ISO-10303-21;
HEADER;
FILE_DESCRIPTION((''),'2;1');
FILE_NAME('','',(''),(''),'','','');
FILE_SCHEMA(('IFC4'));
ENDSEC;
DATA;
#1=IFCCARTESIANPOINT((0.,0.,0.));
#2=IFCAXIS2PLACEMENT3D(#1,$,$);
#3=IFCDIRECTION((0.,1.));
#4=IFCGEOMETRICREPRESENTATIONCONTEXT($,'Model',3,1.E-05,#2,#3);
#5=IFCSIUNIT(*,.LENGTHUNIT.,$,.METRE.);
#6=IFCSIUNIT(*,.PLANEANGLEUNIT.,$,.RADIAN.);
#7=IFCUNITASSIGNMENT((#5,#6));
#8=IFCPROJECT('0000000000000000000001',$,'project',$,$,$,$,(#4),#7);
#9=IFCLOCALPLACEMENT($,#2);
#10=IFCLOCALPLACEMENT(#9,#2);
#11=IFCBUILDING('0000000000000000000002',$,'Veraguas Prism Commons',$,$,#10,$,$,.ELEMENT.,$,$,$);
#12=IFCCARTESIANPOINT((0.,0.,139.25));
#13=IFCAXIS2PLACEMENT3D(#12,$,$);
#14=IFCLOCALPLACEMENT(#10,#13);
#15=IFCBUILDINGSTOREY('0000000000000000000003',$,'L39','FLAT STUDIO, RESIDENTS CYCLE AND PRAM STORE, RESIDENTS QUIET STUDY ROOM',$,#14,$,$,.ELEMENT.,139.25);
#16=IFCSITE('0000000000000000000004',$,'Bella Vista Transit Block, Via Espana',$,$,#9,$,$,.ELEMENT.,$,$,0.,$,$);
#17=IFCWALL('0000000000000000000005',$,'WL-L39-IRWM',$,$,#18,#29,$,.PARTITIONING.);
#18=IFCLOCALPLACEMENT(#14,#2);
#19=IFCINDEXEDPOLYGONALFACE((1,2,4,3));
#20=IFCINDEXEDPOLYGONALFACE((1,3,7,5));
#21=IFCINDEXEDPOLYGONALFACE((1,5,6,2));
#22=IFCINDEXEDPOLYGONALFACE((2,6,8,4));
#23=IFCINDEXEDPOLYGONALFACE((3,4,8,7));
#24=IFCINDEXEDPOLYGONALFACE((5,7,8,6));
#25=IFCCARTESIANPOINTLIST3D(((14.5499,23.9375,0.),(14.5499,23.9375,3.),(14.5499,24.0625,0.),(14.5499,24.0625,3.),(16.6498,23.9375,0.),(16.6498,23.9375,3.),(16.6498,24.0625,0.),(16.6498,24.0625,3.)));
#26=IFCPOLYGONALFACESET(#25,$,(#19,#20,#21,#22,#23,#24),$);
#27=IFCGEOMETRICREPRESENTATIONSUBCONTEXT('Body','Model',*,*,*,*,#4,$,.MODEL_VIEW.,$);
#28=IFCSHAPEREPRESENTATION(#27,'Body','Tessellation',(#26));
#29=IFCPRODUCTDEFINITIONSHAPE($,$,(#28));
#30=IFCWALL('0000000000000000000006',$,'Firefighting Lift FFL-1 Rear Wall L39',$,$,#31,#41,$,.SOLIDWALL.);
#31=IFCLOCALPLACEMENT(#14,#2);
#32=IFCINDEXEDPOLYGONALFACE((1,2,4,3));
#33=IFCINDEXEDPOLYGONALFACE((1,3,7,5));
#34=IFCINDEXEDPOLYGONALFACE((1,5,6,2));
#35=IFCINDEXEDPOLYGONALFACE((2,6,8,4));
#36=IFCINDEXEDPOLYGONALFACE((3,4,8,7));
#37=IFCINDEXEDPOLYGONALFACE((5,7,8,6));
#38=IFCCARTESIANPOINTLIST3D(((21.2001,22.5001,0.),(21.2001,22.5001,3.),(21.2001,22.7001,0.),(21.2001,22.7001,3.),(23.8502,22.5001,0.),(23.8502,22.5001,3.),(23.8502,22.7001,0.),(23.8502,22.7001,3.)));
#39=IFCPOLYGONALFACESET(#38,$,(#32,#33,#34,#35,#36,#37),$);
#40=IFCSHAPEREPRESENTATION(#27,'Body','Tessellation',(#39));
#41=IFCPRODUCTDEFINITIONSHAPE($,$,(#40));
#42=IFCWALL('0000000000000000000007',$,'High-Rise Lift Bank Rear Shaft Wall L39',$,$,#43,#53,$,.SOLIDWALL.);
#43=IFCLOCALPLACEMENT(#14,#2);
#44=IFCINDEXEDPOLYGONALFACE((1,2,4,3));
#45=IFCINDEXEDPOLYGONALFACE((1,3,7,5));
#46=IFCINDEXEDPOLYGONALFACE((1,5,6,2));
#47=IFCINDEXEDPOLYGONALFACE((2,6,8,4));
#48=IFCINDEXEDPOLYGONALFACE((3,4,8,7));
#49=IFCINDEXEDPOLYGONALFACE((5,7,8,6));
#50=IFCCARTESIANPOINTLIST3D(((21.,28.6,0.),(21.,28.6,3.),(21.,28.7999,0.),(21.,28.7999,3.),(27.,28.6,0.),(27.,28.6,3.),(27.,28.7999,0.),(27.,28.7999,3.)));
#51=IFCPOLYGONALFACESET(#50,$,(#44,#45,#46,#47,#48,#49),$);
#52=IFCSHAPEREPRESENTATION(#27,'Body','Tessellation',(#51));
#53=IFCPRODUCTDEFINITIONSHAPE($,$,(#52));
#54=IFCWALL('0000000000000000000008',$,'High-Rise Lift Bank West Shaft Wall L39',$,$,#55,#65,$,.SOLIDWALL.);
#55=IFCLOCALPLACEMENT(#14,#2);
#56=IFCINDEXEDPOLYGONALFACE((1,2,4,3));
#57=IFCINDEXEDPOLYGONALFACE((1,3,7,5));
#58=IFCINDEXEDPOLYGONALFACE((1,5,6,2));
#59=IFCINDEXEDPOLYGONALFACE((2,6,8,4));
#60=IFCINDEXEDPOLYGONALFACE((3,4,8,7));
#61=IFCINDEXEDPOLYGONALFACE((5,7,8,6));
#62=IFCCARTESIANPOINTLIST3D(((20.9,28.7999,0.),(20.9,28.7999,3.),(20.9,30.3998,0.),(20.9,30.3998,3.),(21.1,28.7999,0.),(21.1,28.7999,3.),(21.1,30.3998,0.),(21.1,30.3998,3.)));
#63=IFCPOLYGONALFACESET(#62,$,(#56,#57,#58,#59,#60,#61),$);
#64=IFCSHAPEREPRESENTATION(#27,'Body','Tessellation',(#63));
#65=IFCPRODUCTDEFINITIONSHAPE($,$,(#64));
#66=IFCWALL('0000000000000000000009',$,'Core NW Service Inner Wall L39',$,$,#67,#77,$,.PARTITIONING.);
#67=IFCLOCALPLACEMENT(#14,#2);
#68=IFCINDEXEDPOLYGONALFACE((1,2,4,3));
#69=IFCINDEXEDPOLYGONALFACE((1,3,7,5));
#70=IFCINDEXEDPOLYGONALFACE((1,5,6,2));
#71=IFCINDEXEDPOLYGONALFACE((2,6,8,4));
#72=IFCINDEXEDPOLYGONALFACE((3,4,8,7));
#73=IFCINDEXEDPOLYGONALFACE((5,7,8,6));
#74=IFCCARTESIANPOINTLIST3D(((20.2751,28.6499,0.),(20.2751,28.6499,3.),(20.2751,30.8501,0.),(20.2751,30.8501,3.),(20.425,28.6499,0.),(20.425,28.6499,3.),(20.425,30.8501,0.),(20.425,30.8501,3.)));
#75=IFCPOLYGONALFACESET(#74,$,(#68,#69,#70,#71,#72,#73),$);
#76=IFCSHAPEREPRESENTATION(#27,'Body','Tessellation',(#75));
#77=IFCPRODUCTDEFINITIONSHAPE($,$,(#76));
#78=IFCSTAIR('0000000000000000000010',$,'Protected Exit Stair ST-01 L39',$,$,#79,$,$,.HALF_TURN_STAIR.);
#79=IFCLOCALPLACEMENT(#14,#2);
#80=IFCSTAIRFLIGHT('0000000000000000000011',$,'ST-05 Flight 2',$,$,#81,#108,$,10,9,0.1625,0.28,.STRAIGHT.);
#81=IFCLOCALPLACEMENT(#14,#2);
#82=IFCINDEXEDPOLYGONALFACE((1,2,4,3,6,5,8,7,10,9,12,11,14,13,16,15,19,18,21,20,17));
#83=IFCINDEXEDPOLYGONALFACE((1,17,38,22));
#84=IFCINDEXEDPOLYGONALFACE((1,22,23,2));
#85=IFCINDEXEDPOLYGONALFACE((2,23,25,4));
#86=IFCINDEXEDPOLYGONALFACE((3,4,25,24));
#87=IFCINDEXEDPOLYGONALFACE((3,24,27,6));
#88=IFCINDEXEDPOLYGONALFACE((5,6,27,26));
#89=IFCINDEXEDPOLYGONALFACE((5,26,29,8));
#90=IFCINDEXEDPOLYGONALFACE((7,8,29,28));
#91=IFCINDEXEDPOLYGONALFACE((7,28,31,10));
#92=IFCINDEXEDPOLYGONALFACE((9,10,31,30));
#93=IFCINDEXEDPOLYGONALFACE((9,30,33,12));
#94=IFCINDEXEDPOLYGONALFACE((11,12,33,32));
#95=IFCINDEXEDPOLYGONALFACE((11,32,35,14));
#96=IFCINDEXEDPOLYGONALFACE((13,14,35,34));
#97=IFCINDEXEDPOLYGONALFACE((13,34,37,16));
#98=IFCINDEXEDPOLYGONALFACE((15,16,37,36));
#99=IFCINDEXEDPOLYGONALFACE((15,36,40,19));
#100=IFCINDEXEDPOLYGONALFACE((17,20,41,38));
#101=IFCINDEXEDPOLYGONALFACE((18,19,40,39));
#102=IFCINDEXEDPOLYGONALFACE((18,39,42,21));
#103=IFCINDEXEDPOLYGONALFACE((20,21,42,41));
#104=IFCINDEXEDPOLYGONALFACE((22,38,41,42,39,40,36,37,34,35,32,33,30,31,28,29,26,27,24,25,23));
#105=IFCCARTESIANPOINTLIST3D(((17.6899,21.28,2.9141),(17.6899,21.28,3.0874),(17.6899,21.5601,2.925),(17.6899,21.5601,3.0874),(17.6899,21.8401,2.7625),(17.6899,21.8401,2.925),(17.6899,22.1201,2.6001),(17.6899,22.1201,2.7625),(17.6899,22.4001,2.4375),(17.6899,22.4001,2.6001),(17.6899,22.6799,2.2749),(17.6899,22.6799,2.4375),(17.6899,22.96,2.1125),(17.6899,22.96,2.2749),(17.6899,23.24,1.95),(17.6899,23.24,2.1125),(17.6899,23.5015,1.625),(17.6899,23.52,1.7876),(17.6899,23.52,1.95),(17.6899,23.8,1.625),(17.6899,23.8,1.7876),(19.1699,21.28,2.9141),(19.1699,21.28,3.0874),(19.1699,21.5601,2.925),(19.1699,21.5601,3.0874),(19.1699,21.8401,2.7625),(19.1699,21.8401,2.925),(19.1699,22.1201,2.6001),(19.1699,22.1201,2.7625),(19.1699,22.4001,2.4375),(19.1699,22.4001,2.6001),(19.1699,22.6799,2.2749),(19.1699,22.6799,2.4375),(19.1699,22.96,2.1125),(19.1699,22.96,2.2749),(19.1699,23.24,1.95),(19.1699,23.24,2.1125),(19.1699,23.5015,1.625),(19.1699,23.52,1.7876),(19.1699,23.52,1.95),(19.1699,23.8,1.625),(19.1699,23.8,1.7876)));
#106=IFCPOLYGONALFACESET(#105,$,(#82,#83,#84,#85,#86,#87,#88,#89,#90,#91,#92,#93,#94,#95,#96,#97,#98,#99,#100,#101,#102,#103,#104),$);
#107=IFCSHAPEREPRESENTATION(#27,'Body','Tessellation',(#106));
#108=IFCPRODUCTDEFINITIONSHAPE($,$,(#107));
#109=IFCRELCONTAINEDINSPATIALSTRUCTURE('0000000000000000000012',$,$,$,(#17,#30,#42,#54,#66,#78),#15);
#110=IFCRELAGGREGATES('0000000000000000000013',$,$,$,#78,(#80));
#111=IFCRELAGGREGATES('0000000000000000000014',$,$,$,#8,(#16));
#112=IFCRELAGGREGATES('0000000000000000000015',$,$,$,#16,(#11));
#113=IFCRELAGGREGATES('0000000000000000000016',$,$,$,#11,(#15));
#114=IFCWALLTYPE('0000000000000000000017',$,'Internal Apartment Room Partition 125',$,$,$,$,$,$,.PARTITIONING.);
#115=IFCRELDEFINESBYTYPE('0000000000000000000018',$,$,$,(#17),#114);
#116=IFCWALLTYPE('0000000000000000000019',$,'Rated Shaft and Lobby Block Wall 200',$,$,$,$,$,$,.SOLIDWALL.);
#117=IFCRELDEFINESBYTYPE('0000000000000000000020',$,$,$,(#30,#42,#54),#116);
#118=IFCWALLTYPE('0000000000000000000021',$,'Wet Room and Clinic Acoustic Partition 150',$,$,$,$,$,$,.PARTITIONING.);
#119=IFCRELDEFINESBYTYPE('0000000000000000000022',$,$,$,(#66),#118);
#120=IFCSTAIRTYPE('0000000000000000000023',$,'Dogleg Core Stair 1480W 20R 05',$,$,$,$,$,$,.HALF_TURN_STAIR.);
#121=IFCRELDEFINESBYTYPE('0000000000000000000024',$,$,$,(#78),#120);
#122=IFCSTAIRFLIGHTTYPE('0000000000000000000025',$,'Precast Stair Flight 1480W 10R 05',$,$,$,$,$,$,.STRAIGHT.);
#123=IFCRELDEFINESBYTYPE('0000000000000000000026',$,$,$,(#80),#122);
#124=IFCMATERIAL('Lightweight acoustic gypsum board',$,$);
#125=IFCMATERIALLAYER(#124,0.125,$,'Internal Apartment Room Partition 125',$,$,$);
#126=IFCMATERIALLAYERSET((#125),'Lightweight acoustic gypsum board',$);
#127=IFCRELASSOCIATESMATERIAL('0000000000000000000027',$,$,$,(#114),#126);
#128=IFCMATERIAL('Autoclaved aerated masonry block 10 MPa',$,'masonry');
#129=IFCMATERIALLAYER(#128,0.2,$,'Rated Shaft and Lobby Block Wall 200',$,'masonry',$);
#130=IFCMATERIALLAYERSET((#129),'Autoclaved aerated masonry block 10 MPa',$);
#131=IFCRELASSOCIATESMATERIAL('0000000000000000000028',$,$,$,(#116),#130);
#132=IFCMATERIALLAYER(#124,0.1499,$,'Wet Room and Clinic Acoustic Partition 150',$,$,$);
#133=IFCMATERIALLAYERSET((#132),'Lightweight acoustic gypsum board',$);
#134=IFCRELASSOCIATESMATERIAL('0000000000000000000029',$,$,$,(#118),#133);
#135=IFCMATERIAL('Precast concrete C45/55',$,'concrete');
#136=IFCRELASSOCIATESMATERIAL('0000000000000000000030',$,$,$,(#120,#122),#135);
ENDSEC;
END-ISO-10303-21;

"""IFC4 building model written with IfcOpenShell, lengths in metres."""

from ifc_helpers import new_model, si_unit, direction, frame, frame_2d, origin, place, context, subcontext, project, spatial, polyline, rectangle, outline, extrude, material, layer, layer_set, type_object, element, aggregate, save


model = new_model("IFC4")

# Units and contexts
model_context = context("Model", 3, precision=1e-05, world=origin(), true_north=direction((0.0, 1.0)))
body_context = subcontext(model_context, "Body", "Model", "MODEL_VIEW")
ifc_project = project(units=[si_unit("LENGTHUNIT", "METRE"), si_unit("PLANEANGLEUNIT", "RADIAN")], contexts=[model_context])

# Site, building, storey
site_placement = place(None, origin())
site = spatial("IfcSite", under=ifc_project, at=site_placement, Name="Bella Vista Transit Block, Via Espana", CompositionType="ELEMENT", RefElevation=0.0)
building_placement = place(site_placement, origin())
building = spatial("IfcBuilding", under=site, at=building_placement, Name="Veraguas Prism Commons", CompositionType="ELEMENT")
storey_placement = place(building_placement, frame((0.0, 0.0, 139.25)))
storey = spatial("IfcBuildingStorey", under=building, at=storey_placement, Name="L39", Description="FLAT STUDIO, RESIDENTS CYCLE AND PRAM STORE, RESIDENTS QUIET STUDY ROOM", CompositionType="ELEMENT", Elevation=139.25)

# Shared definitions
ifc_material_1 = material(Name="Autoclaved aerated masonry block 10 MPa", Category="masonry")

# Walls
ifc_material_2 = material(Name="Lightweight acoustic gypsum board")
ifc_layer_1 = layer(ifc_material_2, 0.125, Name="Internal Apartment Room Partition 125")
ifc_layer_set_1 = layer_set([ifc_layer_1], Name="Lightweight acoustic gypsum board")
wall_type_1 = type_object("IfcWallType", Name="Internal Apartment Room Partition 125", PredefinedType="PARTITIONING", material=ifc_layer_set_1)
wall_1_placement = place(storey_placement, frame((14.55, 24.0, 0.0), z_axis=(0.0, 0.0, 1.0), x_axis=(1.0, 0.0, 0.0)))
element("IfcWall", 1, at=wall_1_placement, inside=storey, type_object=wall_type_1, Name="WL-L39-IRWM", PredefinedType="PARTITIONING", context=body_context, shape_type="SweptSolid", body=[
    extrude(rectangle(XDim=2.0999, YDim=0.125, at=frame_2d((1.0498, 0.0))), origin(), (0.0, 0.0, 1.0), 3.0),
])
ifc_layer_2 = layer(ifc_material_1, 0.2, Name="Rated Shaft and Lobby Block Wall 200", Category="masonry")
ifc_layer_set_2 = layer_set([ifc_layer_2], Name="Autoclaved aerated masonry block 10 MPa")
wall_type_2 = type_object("IfcWallType", Name="Rated Shaft and Lobby Block Wall 200", PredefinedType="SOLIDWALL", material=ifc_layer_set_2)
wall_2_placement = place(storey_placement, frame((21.2, 22.6001, 0.0), z_axis=(0.0, 0.0, 1.0), x_axis=(1.0, 0.0, 0.0)))
element("IfcWall", 2, at=wall_2_placement, inside=storey, type_object=wall_type_2, Name="Firefighting Lift FFL-1 Rear Wall L39", PredefinedType="SOLIDWALL", context=body_context, shape_type="SweptSolid", body=[
    extrude(rectangle(XDim=2.6501, YDim=0.2, at=frame_2d((1.3252, 0.0))), origin(), (0.0, 0.0, 1.0), 3.0),
])
wall_3_placement = place(storey_placement, frame((21.0, 28.7, 0.0), z_axis=(0.0, 0.0, 1.0), x_axis=(1.0, 0.0, 0.0)))
element("IfcWall", 3, at=wall_3_placement, inside=storey, type_object=wall_type_2, Name="High-Rise Lift Bank Rear Shaft Wall L39", PredefinedType="SOLIDWALL", context=body_context, shape_type="SweptSolid", body=[
    extrude(rectangle(XDim=6.0, YDim=0.2, at=frame_2d((3.0, 0.0))), origin(), (0.0, 0.0, 1.0), 3.0),
])
wall_4_placement = place(storey_placement, frame((21.0, 28.8, 0.0), z_axis=(0.0, 0.0, 1.0), x_axis=(0.0, 1.0, 0.0)))
element("IfcWall", 4, at=wall_4_placement, inside=storey, type_object=wall_type_2, Name="High-Rise Lift Bank West Shaft Wall L39", PredefinedType="SOLIDWALL", context=body_context, shape_type="SweptSolid", body=[
    extrude(rectangle(XDim=1.5999, YDim=0.2, at=frame_2d((0.7998, 0.0))), origin(), (0.0, 0.0, 1.0), 3.0),
])
ifc_layer_3 = layer(ifc_material_2, 0.1499, Name="Wet Room and Clinic Acoustic Partition 150")
ifc_layer_set_3 = layer_set([ifc_layer_3], Name="Lightweight acoustic gypsum board")
wall_type_3 = type_object("IfcWallType", Name="Wet Room and Clinic Acoustic Partition 150", PredefinedType="PARTITIONING", material=ifc_layer_set_3)
wall_5_placement = place(storey_placement, frame((20.3501, 28.6499, 0.0), z_axis=(0.0, 0.0, 1.0), x_axis=(0.0, 1.0, 0.0)))
element("IfcWall", 5, at=wall_5_placement, inside=storey, type_object=wall_type_3, Name="Core NW Service Inner Wall L39", PredefinedType="PARTITIONING", context=body_context, shape_type="SweptSolid", body=[
    extrude(rectangle(XDim=2.2002, YDim=0.1499, at=frame_2d((1.1001, 0.0))), origin(), (0.0, 0.0, 1.0), 3.0),
])

# Stair, stair flight
ifc_material_3 = material(Name="Precast concrete C45/55", Category="concrete")
stair_type = type_object("IfcStairType", Name="Dogleg Core Stair 1480W 20R 05", PredefinedType="HALF_TURN_STAIR", material=ifc_material_3)
stair_placement = place(storey_placement, origin())
stair = element("IfcStair", 6, at=stair_placement, inside=storey, type_object=stair_type, Name="Protected Exit Stair ST-01 L39", PredefinedType="HALF_TURN_STAIR")
stair_flight_type = type_object("IfcStairFlightType", Name="Precast Stair Flight 1480W 10R 05", PredefinedType="STRAIGHT", material=ifc_material_3)
stair_flight_placement = place(storey_placement, frame((18.4299, 23.8, 1.625), z_axis=(0.0, 0.0, 1.0), x_axis=(0.0, -1.0, 0.0)))
stair_flight = element("IfcStairFlight", 7, at=stair_flight_placement, type_object=stair_flight_type, Name="ST-05 Flight 2", NumberOfRisers=10, NumberOfTreads=9, PredefinedType="STRAIGHT", RiserHeight=0.1625, TreadLength=0.28, context=body_context, shape_type="SweptSolid", body=[
    extrude(outline(polyline([(0.0, 0.0), (0.0, 0.1626), (0.28, 0.1626), (0.28, 0.325), (0.5601, 0.325), (0.5601, 0.4875), (0.8401, 0.4875), (0.8401, 0.6499), (1.1201, 0.6499), (1.1201, 0.8125), (1.3999, 0.8125), (1.3999, 0.9751), (1.6799, 0.9751), (1.6799, 1.1375), (1.96, 1.1375), (1.96, 1.3), (2.24, 1.3), (2.24, 1.4624), (2.52, 1.4624), (2.52, 1.625), (2.52, 1.2891), (0.2986, 0.0), (0.0, 0.0)])), frame((0.0, 0.74, 0.0), z_axis=(0.0, -1.0, 0.0), x_axis=(1.0, 0.0, 0.0)), (0.0, 0.0, 1.0), 1.48),
])
aggregate(stair, [stair_flight])

save(model, "model.ifc")
